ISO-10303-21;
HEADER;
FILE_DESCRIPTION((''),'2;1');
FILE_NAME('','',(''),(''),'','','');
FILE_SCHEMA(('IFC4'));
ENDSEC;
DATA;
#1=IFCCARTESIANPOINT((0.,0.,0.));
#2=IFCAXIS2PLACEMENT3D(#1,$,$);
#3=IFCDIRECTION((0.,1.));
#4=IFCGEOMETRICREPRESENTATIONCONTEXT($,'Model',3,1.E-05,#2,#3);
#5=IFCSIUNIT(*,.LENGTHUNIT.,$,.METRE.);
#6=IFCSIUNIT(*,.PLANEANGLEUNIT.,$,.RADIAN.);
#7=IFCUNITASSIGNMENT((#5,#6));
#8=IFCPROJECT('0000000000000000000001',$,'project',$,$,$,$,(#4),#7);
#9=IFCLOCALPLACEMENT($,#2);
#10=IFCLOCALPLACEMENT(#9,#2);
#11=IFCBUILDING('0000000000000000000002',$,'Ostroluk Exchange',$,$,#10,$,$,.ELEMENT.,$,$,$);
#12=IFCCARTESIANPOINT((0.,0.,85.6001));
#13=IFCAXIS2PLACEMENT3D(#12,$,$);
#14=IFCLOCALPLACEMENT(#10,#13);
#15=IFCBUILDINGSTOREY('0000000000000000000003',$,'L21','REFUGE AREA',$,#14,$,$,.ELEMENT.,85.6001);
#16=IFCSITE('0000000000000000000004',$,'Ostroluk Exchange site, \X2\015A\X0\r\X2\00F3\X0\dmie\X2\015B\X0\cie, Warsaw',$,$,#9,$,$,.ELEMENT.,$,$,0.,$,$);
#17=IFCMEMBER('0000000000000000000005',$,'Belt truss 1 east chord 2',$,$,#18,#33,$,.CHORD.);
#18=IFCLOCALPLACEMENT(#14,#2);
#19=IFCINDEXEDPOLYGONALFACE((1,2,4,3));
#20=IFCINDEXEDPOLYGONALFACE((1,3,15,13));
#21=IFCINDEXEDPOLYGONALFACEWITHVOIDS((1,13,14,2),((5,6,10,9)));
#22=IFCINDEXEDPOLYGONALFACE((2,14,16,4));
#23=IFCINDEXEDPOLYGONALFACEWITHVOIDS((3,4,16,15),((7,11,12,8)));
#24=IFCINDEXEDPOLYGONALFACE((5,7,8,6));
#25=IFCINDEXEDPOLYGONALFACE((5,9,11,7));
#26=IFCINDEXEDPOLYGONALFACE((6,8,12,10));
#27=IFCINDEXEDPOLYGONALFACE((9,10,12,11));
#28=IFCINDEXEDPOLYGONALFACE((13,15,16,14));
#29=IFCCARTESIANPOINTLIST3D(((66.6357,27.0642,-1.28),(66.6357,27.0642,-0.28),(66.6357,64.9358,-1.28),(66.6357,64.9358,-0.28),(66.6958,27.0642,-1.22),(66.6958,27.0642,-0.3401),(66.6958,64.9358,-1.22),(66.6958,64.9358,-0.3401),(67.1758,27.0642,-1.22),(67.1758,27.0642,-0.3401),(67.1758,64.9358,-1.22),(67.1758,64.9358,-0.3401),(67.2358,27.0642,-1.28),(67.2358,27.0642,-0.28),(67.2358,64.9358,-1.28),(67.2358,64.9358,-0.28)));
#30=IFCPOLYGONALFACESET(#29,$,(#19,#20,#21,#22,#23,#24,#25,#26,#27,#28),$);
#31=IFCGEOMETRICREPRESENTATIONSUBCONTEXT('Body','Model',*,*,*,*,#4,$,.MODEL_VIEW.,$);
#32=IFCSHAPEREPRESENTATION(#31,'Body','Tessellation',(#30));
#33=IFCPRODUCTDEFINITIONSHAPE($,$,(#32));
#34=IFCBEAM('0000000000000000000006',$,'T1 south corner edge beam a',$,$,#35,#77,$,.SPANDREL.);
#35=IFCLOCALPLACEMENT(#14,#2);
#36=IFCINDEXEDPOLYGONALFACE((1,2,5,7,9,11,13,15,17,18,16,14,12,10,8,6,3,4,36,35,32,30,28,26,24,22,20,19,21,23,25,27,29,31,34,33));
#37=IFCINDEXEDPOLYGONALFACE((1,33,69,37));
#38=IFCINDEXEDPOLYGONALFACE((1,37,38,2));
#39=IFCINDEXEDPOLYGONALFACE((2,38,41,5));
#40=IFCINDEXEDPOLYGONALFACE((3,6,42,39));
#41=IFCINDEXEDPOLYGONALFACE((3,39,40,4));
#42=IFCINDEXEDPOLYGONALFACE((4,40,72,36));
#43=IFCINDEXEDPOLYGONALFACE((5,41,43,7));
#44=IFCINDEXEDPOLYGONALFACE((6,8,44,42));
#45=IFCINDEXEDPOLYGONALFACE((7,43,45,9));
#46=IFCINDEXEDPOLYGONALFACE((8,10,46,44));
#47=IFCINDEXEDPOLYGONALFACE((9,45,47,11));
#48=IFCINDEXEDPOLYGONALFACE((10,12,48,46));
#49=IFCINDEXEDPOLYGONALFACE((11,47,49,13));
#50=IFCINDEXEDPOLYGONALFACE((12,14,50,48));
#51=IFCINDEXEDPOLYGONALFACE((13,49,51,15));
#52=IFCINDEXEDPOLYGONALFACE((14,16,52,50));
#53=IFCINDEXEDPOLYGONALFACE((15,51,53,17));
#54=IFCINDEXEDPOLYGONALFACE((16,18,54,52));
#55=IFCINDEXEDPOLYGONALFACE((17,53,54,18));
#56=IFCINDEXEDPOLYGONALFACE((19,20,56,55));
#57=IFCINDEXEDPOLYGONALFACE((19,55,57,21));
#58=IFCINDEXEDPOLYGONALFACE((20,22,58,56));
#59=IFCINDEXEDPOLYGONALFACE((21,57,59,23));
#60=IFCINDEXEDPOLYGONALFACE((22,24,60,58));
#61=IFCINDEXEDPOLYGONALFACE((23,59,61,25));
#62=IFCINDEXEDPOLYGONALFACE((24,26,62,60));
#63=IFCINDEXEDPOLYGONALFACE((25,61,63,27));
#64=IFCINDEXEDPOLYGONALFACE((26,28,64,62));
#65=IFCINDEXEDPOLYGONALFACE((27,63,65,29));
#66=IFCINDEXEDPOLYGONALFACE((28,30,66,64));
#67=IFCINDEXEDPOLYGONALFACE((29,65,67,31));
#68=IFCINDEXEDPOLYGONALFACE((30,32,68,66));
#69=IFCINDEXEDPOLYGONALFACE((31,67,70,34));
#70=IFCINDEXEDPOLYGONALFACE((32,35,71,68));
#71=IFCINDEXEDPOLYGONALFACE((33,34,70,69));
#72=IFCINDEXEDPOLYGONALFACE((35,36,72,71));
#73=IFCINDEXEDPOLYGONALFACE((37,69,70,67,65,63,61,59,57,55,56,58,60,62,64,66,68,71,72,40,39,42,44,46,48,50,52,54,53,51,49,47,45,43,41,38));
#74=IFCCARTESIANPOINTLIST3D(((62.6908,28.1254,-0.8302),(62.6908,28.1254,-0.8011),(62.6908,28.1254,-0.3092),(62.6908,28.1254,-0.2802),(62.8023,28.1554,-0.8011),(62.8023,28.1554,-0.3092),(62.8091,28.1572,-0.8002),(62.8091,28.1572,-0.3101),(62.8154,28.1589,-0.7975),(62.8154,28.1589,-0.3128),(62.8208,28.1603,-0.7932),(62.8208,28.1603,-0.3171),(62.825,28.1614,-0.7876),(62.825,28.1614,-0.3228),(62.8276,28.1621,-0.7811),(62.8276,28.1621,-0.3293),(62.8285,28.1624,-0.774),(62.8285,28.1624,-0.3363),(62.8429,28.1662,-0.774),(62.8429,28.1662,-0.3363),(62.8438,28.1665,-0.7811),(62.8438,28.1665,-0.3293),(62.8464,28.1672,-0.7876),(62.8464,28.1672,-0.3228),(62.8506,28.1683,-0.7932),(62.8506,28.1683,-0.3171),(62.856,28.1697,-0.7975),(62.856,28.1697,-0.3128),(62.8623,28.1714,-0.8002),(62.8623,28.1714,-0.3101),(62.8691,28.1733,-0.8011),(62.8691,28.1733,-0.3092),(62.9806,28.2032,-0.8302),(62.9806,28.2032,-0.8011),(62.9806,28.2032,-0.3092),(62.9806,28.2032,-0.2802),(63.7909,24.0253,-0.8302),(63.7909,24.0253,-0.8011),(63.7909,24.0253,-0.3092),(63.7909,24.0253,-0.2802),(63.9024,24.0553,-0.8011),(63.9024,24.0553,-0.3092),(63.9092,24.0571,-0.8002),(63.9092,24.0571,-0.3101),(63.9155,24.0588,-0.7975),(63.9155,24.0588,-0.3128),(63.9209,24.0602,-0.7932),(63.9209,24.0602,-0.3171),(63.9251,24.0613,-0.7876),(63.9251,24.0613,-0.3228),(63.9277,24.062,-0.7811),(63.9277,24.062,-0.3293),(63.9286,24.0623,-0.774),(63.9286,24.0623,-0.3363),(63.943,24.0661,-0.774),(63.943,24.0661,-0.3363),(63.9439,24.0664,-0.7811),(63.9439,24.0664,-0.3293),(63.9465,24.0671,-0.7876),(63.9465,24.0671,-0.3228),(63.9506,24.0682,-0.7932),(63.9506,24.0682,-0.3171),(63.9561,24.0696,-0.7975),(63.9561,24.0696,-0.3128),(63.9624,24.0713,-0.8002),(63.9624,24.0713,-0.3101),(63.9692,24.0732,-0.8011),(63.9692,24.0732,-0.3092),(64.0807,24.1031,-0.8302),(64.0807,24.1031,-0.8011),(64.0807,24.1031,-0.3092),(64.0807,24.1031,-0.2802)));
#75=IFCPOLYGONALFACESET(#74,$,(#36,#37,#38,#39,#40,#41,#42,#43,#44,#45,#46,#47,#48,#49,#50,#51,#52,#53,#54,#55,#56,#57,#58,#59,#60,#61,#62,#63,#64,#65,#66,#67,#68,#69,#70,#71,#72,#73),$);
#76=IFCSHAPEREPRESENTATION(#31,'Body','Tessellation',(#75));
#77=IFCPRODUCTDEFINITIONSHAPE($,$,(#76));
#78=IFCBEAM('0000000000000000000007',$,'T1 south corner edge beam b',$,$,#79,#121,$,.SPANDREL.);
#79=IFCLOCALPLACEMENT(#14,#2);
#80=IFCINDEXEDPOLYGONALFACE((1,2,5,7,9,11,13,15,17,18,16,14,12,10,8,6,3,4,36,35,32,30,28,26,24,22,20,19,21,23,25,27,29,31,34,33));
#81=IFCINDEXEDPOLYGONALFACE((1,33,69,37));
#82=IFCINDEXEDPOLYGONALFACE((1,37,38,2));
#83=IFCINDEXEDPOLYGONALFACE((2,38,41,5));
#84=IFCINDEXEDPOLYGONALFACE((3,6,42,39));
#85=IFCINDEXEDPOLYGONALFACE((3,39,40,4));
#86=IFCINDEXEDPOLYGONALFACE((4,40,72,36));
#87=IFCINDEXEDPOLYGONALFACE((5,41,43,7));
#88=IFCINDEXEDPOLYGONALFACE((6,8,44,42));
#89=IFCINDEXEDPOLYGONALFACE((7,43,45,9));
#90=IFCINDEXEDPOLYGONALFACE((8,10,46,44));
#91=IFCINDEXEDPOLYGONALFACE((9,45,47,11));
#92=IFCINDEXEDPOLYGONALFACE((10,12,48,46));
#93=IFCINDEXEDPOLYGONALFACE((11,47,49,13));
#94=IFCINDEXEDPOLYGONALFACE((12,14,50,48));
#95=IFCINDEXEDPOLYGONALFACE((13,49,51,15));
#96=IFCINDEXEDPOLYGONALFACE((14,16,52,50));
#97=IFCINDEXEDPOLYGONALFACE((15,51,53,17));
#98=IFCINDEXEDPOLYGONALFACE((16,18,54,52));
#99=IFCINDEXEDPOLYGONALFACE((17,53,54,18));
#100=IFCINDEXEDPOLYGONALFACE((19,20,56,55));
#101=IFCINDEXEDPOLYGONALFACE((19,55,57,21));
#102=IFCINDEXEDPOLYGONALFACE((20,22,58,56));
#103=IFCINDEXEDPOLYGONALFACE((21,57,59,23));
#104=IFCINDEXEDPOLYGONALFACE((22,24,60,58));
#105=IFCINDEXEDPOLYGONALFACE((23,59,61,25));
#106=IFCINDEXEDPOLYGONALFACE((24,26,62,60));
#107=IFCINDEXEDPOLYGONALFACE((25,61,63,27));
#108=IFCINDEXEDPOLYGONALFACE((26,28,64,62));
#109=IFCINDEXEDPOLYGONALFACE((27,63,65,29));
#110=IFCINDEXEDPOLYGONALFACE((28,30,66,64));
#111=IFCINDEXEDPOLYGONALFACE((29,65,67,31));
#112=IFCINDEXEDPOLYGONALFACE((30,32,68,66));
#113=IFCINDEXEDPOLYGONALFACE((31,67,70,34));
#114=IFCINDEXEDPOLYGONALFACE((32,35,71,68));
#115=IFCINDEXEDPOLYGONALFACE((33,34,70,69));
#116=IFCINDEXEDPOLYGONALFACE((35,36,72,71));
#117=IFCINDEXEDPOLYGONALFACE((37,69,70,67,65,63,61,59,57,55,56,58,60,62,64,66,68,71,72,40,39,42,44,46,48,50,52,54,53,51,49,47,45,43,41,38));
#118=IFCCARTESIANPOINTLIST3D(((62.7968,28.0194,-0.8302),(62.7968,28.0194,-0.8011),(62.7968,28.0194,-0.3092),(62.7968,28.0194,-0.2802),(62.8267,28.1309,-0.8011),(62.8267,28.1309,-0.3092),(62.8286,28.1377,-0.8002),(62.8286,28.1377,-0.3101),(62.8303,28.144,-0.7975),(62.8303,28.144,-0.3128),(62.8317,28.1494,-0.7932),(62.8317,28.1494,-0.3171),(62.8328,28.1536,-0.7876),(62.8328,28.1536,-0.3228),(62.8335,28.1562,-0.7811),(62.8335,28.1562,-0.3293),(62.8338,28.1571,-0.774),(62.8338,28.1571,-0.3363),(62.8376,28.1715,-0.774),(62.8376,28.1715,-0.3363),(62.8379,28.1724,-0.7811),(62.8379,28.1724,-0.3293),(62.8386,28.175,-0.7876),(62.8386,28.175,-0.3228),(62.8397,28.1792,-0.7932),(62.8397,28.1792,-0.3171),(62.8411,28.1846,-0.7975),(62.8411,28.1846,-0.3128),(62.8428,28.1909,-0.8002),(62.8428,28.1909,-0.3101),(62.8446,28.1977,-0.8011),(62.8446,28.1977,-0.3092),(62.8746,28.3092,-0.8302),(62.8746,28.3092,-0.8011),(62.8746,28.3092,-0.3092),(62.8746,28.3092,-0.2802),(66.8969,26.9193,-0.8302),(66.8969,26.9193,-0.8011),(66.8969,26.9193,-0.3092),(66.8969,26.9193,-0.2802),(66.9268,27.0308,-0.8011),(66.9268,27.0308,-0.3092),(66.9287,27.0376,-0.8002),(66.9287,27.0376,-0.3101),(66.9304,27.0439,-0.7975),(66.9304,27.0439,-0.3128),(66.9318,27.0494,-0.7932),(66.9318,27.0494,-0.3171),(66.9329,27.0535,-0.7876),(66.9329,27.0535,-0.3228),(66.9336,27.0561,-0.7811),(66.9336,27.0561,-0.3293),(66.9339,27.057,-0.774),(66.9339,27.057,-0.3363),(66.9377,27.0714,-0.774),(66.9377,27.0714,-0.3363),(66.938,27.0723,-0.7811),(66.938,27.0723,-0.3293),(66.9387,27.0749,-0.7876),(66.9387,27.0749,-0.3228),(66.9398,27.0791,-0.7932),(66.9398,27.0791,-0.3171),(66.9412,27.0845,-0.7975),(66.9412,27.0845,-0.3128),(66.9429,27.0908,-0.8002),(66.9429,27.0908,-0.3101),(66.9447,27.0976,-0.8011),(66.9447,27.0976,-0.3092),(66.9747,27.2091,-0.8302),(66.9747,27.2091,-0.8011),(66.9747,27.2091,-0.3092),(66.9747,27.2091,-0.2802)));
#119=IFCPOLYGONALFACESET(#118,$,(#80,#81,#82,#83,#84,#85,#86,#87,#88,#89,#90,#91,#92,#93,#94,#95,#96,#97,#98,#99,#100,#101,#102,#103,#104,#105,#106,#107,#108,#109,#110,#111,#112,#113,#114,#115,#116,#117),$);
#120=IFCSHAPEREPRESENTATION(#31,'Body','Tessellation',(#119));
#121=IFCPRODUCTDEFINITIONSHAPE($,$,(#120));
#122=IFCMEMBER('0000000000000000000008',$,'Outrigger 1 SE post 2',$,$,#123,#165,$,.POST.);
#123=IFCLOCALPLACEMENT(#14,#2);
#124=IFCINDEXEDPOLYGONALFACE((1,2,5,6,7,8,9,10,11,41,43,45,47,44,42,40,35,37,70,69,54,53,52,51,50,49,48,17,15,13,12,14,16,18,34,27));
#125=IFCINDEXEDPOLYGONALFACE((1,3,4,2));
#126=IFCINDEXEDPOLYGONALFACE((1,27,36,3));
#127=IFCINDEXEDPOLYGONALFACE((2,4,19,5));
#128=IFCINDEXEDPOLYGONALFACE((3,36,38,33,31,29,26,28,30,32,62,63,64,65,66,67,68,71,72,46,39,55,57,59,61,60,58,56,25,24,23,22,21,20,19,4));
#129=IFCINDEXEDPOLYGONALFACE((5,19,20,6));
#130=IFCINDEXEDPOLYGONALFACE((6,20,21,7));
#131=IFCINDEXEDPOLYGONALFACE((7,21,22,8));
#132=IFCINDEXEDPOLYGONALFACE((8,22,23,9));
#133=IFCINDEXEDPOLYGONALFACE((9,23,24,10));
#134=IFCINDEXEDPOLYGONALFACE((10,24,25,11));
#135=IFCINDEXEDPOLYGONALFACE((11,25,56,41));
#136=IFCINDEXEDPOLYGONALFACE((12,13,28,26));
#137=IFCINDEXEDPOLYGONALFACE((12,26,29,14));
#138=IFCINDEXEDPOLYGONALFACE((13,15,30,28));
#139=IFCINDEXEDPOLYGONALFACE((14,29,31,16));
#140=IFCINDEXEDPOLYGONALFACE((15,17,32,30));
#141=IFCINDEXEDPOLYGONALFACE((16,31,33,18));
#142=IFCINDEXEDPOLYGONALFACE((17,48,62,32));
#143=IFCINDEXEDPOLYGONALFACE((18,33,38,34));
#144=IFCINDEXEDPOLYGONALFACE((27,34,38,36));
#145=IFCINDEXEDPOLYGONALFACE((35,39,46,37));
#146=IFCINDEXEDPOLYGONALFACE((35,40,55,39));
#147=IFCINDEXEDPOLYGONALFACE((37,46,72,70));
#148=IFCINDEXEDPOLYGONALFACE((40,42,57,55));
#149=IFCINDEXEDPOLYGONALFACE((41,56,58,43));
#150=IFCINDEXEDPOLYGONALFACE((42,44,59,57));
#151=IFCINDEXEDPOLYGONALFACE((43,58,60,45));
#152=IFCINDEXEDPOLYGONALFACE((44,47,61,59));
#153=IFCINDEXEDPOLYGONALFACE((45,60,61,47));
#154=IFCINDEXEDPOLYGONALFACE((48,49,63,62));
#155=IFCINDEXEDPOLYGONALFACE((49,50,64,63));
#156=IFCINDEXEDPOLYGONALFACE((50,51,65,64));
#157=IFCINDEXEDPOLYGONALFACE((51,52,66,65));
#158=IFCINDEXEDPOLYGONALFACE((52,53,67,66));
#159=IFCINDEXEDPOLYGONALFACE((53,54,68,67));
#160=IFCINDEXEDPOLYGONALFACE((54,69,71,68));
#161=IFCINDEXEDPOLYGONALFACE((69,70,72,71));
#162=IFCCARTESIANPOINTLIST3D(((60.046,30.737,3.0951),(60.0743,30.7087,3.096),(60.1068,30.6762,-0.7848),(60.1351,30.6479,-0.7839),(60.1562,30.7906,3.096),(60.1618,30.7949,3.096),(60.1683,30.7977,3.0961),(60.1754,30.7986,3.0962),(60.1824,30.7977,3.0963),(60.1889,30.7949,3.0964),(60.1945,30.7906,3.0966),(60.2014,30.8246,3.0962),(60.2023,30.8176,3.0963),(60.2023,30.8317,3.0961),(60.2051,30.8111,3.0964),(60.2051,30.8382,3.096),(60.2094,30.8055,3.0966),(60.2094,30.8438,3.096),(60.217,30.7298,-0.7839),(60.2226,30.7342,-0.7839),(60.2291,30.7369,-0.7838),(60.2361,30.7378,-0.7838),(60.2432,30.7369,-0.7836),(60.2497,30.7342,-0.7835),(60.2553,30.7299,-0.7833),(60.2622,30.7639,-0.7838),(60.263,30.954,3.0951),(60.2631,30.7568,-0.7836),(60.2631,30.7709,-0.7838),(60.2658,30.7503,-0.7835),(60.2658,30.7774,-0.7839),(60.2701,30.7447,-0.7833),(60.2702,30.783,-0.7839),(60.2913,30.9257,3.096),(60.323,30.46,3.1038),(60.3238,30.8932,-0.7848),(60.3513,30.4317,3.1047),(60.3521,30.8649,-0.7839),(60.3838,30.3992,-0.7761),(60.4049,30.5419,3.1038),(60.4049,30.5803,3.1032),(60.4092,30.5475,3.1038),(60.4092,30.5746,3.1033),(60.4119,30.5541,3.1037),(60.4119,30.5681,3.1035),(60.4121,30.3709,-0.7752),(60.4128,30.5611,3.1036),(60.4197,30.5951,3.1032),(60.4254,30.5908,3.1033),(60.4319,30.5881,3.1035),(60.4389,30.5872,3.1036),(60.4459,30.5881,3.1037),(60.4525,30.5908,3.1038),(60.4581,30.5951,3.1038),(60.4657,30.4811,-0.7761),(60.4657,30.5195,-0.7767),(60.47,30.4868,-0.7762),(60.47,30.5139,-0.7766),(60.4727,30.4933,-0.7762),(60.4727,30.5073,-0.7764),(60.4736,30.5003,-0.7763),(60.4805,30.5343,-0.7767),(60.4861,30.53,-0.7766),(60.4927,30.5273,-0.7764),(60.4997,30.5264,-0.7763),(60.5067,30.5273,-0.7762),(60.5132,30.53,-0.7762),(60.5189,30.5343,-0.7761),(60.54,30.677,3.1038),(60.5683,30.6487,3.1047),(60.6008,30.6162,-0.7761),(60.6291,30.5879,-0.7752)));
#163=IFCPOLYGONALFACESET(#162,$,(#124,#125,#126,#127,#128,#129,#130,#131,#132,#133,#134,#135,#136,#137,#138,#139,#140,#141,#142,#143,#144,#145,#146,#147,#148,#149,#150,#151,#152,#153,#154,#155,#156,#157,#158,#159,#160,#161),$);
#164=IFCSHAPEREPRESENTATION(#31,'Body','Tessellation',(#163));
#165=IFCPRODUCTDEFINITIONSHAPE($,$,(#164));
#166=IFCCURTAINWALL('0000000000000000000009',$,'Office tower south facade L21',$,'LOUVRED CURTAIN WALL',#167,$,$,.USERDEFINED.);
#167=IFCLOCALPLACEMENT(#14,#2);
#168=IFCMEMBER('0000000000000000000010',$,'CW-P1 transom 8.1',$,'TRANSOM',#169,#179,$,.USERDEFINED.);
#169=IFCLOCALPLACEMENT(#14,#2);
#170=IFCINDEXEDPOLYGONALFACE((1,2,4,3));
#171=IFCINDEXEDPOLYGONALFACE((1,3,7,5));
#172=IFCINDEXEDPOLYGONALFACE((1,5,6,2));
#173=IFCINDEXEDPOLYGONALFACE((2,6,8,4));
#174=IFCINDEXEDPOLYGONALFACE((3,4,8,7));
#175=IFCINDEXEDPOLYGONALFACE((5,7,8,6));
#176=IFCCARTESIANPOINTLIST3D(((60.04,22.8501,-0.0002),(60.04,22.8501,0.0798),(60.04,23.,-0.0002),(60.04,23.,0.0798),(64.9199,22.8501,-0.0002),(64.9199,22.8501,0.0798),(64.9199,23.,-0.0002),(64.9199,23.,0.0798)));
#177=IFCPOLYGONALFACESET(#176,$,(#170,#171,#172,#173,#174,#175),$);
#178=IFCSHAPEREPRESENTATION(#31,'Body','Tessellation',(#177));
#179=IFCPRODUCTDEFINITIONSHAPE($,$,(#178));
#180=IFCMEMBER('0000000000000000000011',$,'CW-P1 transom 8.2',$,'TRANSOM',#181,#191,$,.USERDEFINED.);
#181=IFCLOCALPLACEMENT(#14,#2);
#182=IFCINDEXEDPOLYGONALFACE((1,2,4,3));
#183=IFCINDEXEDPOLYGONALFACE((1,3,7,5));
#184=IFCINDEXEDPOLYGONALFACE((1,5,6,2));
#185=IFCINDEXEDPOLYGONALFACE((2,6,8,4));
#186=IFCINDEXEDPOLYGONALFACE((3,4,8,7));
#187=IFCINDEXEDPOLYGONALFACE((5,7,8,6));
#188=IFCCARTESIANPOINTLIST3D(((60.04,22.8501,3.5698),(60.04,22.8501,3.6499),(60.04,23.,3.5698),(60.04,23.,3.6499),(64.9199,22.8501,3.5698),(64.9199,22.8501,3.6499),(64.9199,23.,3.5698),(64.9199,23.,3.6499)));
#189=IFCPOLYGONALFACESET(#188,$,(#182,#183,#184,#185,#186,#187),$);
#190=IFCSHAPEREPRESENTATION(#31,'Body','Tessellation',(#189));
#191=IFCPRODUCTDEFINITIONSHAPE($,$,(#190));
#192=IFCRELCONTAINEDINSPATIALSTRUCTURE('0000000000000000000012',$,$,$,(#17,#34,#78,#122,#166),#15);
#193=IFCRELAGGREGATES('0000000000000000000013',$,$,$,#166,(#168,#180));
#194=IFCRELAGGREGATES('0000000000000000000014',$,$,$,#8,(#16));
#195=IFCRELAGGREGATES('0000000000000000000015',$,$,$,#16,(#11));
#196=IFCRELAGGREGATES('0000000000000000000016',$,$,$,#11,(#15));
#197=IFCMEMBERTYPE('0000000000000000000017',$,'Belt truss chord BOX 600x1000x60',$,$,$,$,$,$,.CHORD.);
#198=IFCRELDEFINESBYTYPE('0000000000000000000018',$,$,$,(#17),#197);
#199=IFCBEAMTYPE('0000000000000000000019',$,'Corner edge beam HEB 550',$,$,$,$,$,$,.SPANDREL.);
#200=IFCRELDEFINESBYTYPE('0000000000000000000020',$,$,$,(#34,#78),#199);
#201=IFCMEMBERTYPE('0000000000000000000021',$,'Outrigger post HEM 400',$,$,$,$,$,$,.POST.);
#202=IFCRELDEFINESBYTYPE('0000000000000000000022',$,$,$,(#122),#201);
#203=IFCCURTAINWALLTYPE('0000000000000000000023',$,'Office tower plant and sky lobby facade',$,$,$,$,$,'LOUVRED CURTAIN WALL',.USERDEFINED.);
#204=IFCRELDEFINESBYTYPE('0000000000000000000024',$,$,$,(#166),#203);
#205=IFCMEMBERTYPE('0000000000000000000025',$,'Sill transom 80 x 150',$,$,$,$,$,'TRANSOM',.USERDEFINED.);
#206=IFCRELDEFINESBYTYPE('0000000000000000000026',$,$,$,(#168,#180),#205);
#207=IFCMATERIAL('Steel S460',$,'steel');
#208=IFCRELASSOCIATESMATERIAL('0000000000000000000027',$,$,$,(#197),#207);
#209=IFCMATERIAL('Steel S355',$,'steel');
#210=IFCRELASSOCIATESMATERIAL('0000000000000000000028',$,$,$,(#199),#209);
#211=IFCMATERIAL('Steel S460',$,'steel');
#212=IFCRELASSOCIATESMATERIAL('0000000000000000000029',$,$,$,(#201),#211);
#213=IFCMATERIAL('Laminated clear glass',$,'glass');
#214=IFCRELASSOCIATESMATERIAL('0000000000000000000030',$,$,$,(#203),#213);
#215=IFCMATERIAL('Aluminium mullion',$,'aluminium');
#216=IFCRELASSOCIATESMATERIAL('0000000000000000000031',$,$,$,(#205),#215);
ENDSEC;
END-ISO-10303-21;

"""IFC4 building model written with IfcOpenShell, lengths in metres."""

from ifc_helpers import new_model, si_unit, direction, frame, origin, origin_2d, place, context, subcontext, project, spatial, rectangle, hollow_rectangle, i_section, extrude, material, material_profile, profile_set, type_object, element, aggregate, save


model = new_model("IFC4")

# Units and contexts
model_context = context("Model", 3, precision=1e-05, world=origin(), true_north=direction((0.0, 1.0)))
body_context = subcontext(model_context, "Body", "Model", "MODEL_VIEW")
ifc_project = project(units=[si_unit("LENGTHUNIT", "METRE"), si_unit("PLANEANGLEUNIT", "RADIAN")], contexts=[model_context])

# Site, building, storey
site_placement = place(None, origin())
site = spatial("IfcSite", under=ifc_project, at=site_placement, Name="Ostroluk Exchange site, Śródmieście, Warsaw", CompositionType="ELEMENT", RefElevation=0.0)
building_placement = place(site_placement, origin())
building = spatial("IfcBuilding", under=site, at=building_placement, Name="Ostroluk Exchange", CompositionType="ELEMENT")
storey_placement = place(building_placement, frame((0.0, 0.0, 85.6001)))
storey = spatial("IfcBuildingStorey", under=building, at=storey_placement, Name="L21", Description="REFUGE AREA", CompositionType="ELEMENT", Elevation=85.6001)

# Member
ifc_material_1 = material(Name="Steel S460", Category="steel")
ifc_material_profile_1 = material_profile(ifc_material_1, hollow_rectangle(XDim=0.6001, YDim=1.0, WallThickness=0.0601, at=origin_2d()), Name="BOX 600x1000x60")
ifc_profile_set_1 = profile_set([ifc_material_profile_1], Name="Steel S460")
member_type_1 = type_object("IfcMemberType", Name="Belt truss chord BOX 600x1000x60", PredefinedType="CHORD", material=ifc_profile_set_1)
member_1_placement = place(storey_placement, frame((66.9358, 27.0642, -0.78), z_axis=(0.0, 1.0, 0.0), x_axis=(-1.0, 0.0, 0.0)))
element("IfcMember", 1, at=member_1_placement, inside=storey, type_object=member_type_1, Name="Belt truss 1 east chord 2", PredefinedType="CHORD", context=body_context, shape_type="SweptSolid", body=[
    extrude(hollow_rectangle(XDim=0.6001, YDim=1.0, WallThickness=0.0601, at=origin_2d()), origin(), (0.0, 0.0, 1.0), 37.8716),
])

# Beams
ifc_material_2 = material(Name="Steel S355", Category="steel")
ifc_material_profile_2 = material_profile(ifc_material_2, i_section(OverallWidth=0.3, OverallDepth=0.55, WebThickness=0.0149, FlangeThickness=0.0291, FilletRadius=0.0271, at=origin_2d()), Name="HEB 550")
ifc_profile_set_2 = profile_set([ifc_material_profile_2], Name="Steel S355")
beam_type = type_object("IfcBeamType", Name="Corner edge beam HEB 550", PredefinedType="SPANDREL", material=ifc_profile_set_2)
for number, where, z_axis, x_axis, name in (
    (2, (62.8357, 28.1643, -0.5552), (0.259144, -0.965839, 0.0), (0.965839, 0.259144, 0.0), "T1 south corner edge beam a"),
    (3, (62.8357, 28.1643, -0.5552), (0.965839, -0.259144, 0.0), (0.259144, 0.965839, 0.0), "T1 south corner edge beam b"),
):
    element("IfcBeam", number, at=place(storey_placement, frame(where, z_axis=z_axis, x_axis=x_axis)), inside=storey, type_object=beam_type, Name=name, PredefinedType="SPANDREL", context=body_context, shape_type="SweptSolid", body=[
        extrude(i_section(OverallWidth=0.3, OverallDepth=0.55, WebThickness=0.0149, FlangeThickness=0.0291, FilletRadius=0.0271, at=origin_2d()), origin(), (0.0, 0.0, 1.0), 4.2451),
    ])

# Member
ifc_material_3 = material(Name="Steel S460", Category="steel")
ifc_material_profile_3 = material_profile(ifc_material_3, i_section(OverallWidth=0.3069, OverallDepth=0.4319, WebThickness=0.021, FlangeThickness=0.04, FilletRadius=0.0271, at=origin_2d()), Name="HEM 400")
ifc_profile_set_3 = profile_set([ifc_material_profile_3], Name="Steel S460")
member_type_2 = type_object("IfcMemberType", Name="Outrigger post HEM 400", PredefinedType="POST", material=ifc_profile_set_3)
member_2_placement = place(storey_placement, frame((60.3679, 30.6321, -0.78), z_axis=(-0.015664, 0.015664, 0.999755), x_axis=(-0.707107, -0.707107, 0.0)))
element("IfcMember", 4, at=member_2_placement, inside=storey, type_object=member_type_2, Name="Outrigger 1 SE post 2", PredefinedType="POST", context=body_context, shape_type="SweptSolid", body=[
    extrude(i_section(OverallWidth=0.3069, OverallDepth=0.4319, WebThickness=0.021, FlangeThickness=0.04, FilletRadius=0.0271, at=origin_2d()), origin(), (0.0, 0.0, 1.0), 3.8809),
])

# Curtain wall, members
ifc_material_4 = material(Name="Laminated clear glass", Category="glass")
curtain_wall_type = type_object("IfcCurtainWallType", Name="Office tower plant and sky lobby facade", ElementType="LOUVRED CURTAIN WALL", PredefinedType="USERDEFINED", material=ifc_material_4)
curtain_wall_placement = place(storey_placement, origin())
curtain_wall = element("IfcCurtainWall", 5, at=curtain_wall_placement, inside=storey, type_object=curtain_wall_type, Name="Office tower south facade L21", ObjectType="LOUVRED CURTAIN WALL", PredefinedType="USERDEFINED")
ifc_material_5 = material(Name="Aluminium mullion", Category="aluminium")
ifc_material_profile_4 = material_profile(ifc_material_5, rectangle(XDim=0.1499, YDim=0.0801, at=origin_2d()), Name="Sill transom 80 x 150")
ifc_profile_set_4 = profile_set([ifc_material_profile_4], Name="Aluminium mullion")
member_type_3 = type_object("IfcMemberType", Name="Sill transom 80 x 150", ElementType="TRANSOM", PredefinedType="USERDEFINED", material=ifc_profile_set_4)
member_3_placement = place(storey_placement, frame((60.04, 22.925, 0.0398), z_axis=(1.0, 0.0, 0.0), x_axis=(0.0, 1.0, 0.0)))
member_3 = element("IfcMember", 6, at=member_3_placement, type_object=member_type_3, Name="CW-P1 transom 8.1", ObjectType="TRANSOM", PredefinedType="USERDEFINED", context=body_context, shape_type="SweptSolid", body=[
    extrude(rectangle(XDim=0.1499, YDim=0.0801, at=origin_2d()), origin(), (0.0, 0.0, 1.0), 4.8799),
])
member_4_placement = place(storey_placement, frame((60.04, 22.925, 3.6099), z_axis=(1.0, 0.0, 0.0), x_axis=(0.0, 1.0, 0.0)))
member_4 = element("IfcMember", 7, at=member_4_placement, type_object=member_type_3, Name="CW-P1 transom 8.2", ObjectType="TRANSOM", PredefinedType="USERDEFINED", context=body_context, shape_type="SweptSolid", body=[
    extrude(rectangle(XDim=0.1499, YDim=0.0801, at=origin_2d()), origin(), (0.0, 0.0, 1.0), 4.8799),
])
aggregate(curtain_wall, [member_3, member_4])

save(model, "model.ifc")
